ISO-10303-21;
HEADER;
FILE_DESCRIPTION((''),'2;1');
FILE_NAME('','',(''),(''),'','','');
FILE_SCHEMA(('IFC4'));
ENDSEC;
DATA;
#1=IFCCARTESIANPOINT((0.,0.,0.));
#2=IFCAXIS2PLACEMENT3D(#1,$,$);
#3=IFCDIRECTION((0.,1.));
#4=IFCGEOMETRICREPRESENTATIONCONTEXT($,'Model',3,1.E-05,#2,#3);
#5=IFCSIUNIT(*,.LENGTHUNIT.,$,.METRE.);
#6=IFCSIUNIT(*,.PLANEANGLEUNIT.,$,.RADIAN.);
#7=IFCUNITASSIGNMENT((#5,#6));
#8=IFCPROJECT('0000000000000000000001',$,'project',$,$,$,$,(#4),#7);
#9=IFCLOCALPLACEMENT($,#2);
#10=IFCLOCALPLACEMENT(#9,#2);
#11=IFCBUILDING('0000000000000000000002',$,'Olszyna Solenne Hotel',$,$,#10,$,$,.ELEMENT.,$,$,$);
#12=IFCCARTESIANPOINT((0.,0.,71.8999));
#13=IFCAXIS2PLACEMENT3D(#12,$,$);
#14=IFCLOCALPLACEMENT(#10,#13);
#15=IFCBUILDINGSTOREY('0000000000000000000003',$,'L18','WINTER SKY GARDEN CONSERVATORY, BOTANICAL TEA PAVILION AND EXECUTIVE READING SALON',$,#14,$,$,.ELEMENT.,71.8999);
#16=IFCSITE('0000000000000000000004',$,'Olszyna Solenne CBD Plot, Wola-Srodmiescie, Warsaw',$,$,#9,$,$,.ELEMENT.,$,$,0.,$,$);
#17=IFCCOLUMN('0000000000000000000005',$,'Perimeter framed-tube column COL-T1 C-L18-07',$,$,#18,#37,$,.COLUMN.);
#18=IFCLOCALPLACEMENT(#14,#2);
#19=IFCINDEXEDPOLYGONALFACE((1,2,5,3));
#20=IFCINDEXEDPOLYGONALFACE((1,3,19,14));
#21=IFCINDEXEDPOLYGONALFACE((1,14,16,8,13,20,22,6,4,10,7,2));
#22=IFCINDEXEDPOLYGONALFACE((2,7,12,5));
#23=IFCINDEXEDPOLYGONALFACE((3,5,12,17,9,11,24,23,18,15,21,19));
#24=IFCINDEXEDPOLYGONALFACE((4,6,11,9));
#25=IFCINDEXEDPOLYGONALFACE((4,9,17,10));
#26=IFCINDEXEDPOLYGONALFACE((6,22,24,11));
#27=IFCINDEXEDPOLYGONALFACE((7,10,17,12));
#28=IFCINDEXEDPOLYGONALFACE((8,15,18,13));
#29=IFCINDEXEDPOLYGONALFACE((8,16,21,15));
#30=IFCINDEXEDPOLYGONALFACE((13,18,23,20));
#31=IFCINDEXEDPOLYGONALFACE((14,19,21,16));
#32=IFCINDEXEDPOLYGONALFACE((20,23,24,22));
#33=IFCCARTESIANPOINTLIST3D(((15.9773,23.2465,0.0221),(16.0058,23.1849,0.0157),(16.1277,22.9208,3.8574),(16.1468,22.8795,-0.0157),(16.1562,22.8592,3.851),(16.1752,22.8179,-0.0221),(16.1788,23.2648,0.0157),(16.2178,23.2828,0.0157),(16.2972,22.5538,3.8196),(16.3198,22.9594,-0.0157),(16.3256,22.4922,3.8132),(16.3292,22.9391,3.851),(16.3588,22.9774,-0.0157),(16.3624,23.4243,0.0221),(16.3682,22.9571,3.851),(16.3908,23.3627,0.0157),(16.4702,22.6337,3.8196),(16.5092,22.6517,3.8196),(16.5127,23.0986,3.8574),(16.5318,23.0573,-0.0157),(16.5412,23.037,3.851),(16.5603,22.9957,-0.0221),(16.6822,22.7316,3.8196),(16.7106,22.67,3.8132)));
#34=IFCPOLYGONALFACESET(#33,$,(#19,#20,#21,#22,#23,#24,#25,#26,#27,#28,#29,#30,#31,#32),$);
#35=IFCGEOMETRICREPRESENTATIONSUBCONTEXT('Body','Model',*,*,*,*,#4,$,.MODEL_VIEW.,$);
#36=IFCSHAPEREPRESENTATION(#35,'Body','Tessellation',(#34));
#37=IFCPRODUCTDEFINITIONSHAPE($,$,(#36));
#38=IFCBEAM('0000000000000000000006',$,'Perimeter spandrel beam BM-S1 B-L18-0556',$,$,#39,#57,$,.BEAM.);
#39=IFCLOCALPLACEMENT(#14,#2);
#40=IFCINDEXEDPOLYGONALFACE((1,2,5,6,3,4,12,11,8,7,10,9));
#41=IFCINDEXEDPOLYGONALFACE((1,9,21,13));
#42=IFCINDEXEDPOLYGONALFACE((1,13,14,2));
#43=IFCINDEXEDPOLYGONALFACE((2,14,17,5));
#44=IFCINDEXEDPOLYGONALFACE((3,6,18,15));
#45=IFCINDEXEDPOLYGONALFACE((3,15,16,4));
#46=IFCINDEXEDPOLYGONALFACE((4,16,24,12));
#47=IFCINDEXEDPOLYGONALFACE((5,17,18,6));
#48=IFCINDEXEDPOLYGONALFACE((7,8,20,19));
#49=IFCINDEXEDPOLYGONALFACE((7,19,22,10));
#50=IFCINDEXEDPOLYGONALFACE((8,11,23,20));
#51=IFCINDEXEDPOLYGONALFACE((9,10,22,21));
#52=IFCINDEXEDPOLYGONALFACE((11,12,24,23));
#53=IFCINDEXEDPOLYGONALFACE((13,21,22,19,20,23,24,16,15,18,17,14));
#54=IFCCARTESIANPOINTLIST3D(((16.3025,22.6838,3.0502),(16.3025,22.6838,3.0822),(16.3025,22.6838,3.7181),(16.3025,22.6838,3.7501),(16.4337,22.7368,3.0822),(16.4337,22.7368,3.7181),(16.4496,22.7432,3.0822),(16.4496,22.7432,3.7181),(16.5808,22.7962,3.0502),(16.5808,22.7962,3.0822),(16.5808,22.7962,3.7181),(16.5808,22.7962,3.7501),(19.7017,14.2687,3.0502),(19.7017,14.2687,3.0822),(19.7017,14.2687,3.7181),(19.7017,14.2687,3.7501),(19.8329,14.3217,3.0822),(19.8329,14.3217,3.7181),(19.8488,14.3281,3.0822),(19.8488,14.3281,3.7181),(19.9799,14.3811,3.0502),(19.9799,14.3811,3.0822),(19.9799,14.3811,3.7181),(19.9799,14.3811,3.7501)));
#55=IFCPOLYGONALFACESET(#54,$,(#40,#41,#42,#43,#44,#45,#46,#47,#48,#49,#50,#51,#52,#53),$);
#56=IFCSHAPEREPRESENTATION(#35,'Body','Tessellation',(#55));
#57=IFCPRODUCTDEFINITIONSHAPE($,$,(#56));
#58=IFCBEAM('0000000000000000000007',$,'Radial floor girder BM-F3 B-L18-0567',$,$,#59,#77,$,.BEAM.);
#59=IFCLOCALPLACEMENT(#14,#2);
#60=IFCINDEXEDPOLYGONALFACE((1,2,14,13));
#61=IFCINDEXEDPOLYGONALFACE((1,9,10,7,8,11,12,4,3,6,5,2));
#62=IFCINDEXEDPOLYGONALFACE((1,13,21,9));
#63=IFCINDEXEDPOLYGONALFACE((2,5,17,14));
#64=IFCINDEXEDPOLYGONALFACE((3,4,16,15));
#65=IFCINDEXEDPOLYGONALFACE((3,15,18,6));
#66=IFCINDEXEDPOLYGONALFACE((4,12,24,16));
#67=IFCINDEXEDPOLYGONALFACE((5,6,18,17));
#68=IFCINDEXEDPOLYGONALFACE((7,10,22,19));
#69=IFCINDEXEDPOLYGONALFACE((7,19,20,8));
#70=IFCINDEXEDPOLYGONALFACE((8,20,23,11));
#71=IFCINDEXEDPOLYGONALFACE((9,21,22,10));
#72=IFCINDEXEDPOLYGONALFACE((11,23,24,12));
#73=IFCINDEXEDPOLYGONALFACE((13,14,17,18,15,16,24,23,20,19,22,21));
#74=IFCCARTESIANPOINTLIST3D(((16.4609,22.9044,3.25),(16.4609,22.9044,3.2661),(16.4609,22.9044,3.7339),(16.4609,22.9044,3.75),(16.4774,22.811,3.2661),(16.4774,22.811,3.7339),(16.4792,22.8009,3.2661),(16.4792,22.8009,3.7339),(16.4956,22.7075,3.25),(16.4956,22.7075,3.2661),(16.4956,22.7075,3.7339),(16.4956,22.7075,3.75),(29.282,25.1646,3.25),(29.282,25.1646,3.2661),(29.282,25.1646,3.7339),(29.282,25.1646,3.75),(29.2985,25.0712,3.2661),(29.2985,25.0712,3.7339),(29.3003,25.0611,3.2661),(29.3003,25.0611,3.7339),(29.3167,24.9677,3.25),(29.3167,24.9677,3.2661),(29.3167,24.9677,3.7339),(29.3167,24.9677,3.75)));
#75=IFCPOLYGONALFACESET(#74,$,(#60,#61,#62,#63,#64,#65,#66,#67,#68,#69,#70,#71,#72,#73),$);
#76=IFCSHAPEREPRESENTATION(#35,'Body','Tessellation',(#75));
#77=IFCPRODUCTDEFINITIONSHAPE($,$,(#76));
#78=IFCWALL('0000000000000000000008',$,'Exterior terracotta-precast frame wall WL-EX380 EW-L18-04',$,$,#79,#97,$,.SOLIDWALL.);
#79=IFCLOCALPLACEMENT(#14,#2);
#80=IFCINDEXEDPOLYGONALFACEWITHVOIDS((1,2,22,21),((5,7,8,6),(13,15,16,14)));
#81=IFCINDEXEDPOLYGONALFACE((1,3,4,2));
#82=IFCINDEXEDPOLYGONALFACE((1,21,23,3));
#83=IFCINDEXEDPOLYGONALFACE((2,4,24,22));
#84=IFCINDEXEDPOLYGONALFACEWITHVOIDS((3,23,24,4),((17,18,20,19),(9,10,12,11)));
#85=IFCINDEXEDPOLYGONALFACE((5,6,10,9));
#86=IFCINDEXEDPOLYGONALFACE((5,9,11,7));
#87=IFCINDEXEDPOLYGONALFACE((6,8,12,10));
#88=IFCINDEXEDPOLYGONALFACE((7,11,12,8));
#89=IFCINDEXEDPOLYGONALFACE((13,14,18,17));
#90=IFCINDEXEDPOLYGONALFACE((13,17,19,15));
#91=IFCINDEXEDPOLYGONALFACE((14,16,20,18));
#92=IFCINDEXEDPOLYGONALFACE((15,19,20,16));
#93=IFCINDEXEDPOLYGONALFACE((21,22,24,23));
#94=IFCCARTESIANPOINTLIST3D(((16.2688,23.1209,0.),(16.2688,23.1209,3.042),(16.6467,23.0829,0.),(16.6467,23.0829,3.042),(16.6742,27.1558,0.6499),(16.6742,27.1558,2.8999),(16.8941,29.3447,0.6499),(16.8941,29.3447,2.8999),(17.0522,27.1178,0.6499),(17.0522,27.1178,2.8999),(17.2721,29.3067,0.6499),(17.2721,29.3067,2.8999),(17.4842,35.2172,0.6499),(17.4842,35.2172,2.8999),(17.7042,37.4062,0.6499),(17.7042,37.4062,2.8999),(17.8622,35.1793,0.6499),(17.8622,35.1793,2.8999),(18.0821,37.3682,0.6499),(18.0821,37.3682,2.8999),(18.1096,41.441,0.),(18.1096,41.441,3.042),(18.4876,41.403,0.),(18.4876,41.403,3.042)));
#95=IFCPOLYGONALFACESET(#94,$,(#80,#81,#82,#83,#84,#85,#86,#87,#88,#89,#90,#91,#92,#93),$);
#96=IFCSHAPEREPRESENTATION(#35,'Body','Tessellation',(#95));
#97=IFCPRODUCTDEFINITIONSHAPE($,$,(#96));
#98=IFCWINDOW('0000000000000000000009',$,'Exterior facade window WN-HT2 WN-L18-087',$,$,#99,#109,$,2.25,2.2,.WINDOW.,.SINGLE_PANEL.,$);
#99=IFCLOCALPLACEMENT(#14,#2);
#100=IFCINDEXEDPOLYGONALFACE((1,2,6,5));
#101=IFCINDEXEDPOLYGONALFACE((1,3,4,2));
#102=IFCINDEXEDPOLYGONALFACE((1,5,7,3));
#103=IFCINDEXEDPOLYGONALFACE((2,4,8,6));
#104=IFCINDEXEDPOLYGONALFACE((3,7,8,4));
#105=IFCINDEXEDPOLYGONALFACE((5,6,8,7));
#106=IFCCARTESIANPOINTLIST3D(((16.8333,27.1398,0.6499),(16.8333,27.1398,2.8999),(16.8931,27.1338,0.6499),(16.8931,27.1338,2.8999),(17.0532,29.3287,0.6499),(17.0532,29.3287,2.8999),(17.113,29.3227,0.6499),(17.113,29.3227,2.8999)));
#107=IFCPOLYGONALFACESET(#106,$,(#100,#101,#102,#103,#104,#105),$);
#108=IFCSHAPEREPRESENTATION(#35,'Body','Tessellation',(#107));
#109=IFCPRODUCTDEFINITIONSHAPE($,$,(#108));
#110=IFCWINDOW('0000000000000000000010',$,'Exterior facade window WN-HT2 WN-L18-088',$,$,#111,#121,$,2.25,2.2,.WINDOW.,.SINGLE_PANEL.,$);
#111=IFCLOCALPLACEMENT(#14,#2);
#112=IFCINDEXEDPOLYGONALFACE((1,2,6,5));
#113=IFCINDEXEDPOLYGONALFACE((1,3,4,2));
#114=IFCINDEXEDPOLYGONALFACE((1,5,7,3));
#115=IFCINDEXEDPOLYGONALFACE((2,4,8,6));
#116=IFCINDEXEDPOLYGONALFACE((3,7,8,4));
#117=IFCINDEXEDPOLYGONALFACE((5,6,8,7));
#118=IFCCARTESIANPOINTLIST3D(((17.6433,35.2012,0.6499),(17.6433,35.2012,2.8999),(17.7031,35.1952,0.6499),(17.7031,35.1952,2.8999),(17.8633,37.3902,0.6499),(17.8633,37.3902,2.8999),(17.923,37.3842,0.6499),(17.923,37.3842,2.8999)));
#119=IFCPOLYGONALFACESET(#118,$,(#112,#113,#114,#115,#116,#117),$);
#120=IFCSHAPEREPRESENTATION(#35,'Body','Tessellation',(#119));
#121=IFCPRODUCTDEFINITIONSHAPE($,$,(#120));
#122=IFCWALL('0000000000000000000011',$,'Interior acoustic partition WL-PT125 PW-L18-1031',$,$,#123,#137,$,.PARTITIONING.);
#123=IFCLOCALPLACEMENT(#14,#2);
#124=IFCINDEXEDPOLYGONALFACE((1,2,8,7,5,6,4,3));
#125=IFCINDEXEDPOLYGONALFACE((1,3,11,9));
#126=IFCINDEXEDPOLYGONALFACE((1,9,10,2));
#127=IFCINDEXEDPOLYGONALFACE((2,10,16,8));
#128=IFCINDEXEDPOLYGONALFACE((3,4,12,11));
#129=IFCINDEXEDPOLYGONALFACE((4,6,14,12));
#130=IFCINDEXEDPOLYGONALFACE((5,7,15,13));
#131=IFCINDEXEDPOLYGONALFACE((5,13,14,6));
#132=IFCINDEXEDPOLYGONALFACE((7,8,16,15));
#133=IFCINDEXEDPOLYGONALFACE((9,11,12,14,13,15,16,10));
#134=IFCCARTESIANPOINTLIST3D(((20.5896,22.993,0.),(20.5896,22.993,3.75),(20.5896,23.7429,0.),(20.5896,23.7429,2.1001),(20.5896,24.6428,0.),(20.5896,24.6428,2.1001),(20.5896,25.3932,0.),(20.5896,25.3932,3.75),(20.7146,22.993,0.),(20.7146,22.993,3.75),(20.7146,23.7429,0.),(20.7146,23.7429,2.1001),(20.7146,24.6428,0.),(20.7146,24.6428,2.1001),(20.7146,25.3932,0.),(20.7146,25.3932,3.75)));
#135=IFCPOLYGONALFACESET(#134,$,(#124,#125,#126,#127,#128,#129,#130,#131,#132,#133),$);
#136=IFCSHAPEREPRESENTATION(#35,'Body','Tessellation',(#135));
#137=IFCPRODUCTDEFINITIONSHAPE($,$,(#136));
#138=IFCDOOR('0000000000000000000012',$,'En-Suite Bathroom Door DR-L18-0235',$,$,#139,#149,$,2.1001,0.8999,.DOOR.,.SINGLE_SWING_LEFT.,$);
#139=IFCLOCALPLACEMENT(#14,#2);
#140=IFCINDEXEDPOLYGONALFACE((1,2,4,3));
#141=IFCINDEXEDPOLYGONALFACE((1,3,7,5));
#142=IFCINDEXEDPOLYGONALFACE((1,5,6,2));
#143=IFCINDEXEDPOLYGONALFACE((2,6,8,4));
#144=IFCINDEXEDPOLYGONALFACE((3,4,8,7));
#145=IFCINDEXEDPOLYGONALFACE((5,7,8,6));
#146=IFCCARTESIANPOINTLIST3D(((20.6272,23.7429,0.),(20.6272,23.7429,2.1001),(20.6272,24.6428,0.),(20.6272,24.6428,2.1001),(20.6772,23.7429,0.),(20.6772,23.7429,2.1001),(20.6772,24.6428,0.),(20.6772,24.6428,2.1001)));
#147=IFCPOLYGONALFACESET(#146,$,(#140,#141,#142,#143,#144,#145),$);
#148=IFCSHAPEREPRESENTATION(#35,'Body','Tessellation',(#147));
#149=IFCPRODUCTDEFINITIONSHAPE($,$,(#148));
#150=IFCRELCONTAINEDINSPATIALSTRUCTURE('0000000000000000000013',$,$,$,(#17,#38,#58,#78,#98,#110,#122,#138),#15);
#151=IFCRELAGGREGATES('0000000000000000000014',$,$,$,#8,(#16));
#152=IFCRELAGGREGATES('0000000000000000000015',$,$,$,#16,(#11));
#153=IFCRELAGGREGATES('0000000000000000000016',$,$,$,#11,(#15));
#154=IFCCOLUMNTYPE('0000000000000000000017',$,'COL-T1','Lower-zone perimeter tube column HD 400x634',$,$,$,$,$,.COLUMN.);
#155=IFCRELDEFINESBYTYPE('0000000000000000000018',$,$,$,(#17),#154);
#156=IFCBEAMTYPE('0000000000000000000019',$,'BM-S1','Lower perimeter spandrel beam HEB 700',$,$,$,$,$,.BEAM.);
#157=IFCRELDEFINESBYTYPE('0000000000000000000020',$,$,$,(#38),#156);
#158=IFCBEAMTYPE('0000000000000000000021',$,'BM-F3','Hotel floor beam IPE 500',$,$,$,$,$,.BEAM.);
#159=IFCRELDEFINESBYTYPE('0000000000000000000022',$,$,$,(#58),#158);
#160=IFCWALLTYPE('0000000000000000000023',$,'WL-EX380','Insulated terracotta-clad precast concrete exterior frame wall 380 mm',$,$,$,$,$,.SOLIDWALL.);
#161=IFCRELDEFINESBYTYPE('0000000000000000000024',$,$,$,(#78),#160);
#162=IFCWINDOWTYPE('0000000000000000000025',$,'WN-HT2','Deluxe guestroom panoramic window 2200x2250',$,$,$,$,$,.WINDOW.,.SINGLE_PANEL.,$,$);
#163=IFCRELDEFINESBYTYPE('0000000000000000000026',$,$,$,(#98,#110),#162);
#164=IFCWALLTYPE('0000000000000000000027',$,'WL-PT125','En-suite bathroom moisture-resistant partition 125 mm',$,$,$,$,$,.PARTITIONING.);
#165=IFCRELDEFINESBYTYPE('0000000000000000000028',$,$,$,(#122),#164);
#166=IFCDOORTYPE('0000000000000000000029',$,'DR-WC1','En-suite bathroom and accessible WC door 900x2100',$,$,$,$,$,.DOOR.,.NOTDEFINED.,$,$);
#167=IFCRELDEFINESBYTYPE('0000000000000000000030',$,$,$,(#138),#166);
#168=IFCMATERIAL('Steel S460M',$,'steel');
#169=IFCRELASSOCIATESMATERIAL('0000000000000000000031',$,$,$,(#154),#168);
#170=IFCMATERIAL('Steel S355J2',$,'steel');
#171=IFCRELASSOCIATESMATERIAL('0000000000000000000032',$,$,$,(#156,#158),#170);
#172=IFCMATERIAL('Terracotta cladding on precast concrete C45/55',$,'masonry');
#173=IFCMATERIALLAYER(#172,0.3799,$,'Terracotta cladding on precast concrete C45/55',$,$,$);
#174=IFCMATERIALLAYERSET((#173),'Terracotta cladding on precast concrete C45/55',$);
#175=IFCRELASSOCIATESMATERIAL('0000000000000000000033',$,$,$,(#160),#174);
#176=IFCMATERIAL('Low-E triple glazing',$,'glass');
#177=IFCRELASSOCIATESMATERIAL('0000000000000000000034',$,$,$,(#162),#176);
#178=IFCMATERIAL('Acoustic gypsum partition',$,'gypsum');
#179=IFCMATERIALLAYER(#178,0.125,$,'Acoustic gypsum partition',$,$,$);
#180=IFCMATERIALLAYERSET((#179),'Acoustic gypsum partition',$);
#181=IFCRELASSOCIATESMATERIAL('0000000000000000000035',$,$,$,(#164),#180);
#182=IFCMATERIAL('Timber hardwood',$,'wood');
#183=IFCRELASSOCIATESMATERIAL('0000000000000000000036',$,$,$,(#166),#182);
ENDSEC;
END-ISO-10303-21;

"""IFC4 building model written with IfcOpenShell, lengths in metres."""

from ifc_helpers import new_model, si_unit, direction, frame, frame_2d, origin, origin_2d, place, context, subcontext, project, spatial, rectangle, i_section, extrude, source, transform, mapped, material, layer, layer_set, material_profile, profile_set, type_object, type_shapes, element, fill, save


model = new_model("IFC4")

# Units and contexts
model_context = context("Model", 3, precision=1e-05, world=origin(), true_north=direction((0.0, 1.0)))
body_context = subcontext(model_context, "Body", "Model", "MODEL_VIEW")
ifc_project = project(units=[si_unit("LENGTHUNIT", "METRE"), si_unit("PLANEANGLEUNIT", "RADIAN")], contexts=[model_context])

# Site, building, storey
site_placement = place(None, origin())
site = spatial("IfcSite", under=ifc_project, at=site_placement, Name="Olszyna Solenne CBD Plot, Wola-Srodmiescie, Warsaw", CompositionType="ELEMENT", RefElevation=0.0)
building_placement = place(site_placement, origin())
building = spatial("IfcBuilding", under=site, at=building_placement, Name="Olszyna Solenne Hotel", CompositionType="ELEMENT")
storey_placement = place(building_placement, frame((0.0, 0.0, 71.8999)))
storey = spatial("IfcBuildingStorey", under=building, at=storey_placement, Name="L18", Description="WINTER SKY GARDEN CONSERVATORY, BOTANICAL TEA PAVILION AND EXECUTIVE READING SALON", CompositionType="ELEMENT", Elevation=71.8999)

# Column
ifc_material_1 = material(Name="Steel S460M", Category="steel")
ifc_material_profile_1 = material_profile(ifc_material_1, i_section(OverallWidth=0.4241, OverallDepth=0.4741, WebThickness=0.043, FlangeThickness=0.0681, at=origin_2d()), Name="HD 400x634", Category="load-bearing")
ifc_profile_set_1 = profile_set([ifc_material_profile_1], Name="Steel S460M")
column_type = type_object("IfcColumnType", Name="COL-T1", Description="Lower-zone perimeter tube column HD 400x634", PredefinedType="COLUMN", material=ifc_profile_set_1)
shared_shape_1 = source(origin(), body_context, "Body", "SweptSolid", [
    extrude(i_section(OverallWidth=0.4241, OverallDepth=0.4741, WebThickness=0.043, FlangeThickness=0.0681, at=origin_2d()), origin(), (0.0, 0.0, 1.0), 3.8521),
])
column_placement = place(storey_placement, frame((16.2688, 23.1211, 0.0), z_axis=(0.039043, -0.08455, 0.995654), x_axis=(0.90788, 0.419231, 0.0)))
element("IfcColumn", 1, at=column_placement, inside=storey, type_object=column_type, Name="Perimeter framed-tube column COL-T1 C-L18-07", PredefinedType="COLUMN", context=body_context, shape_type="MappedRepresentation", body=[
    mapped(shared_shape_1, transform((0.0, 0.0, 0.0), x_axis=(1.0, 0.0, 0.0), y_axis=(0.0, 1.0, 0.0), z_axis=(0.0, 0.0, 1.0), scale=1.0)),
])

# Beams
ifc_material_2 = material(Name="Steel S355J2", Category="steel")
ifc_material_profile_2 = material_profile(ifc_material_2, i_section(OverallWidth=0.3, OverallDepth=0.7, WebThickness=0.0171, FlangeThickness=0.032, at=origin_2d()), Name="HEB 700", Category="load-bearing")
ifc_profile_set_2 = profile_set([ifc_material_profile_2], Name="Steel S355J2")
beam_type_1 = type_object("IfcBeamType", Name="BM-S1", Description="Lower perimeter spandrel beam HEB 700", PredefinedType="BEAM", material=ifc_profile_set_2)
shared_shape_2 = source(origin(), body_context, "Body", "SweptSolid", [
    extrude(i_section(OverallWidth=0.3, OverallDepth=0.7, WebThickness=0.0171, FlangeThickness=0.032, at=origin_2d()), origin(), (0.0, 0.0, 1.0), 9.0757),
])
beam_1_placement = place(storey_placement, frame((16.4417, 22.74, 3.4001), z_axis=(0.374538, -0.927212, 0.0), x_axis=(0.927212, 0.374538, 0.0)))
element("IfcBeam", 2, at=beam_1_placement, inside=storey, type_object=beam_type_1, Name="Perimeter spandrel beam BM-S1 B-L18-0556", PredefinedType="BEAM", context=body_context, shape_type="MappedRepresentation", body=[
    mapped(shared_shape_2, transform((0.0, 0.0, 0.0), x_axis=(1.0, 0.0, 0.0), y_axis=(0.0, 1.0, 0.0), z_axis=(0.0, 0.0, 1.0), scale=1.0)),
])
ifc_material_profile_3 = material_profile(ifc_material_2, i_section(OverallWidth=0.2, OverallDepth=0.5, WebThickness=0.0103, FlangeThickness=0.0161, at=origin_2d()), Name="IPE 500", Category="load-bearing")
ifc_profile_set_3 = profile_set([ifc_material_profile_3], Name="Steel S355J2")
beam_type_2 = type_object("IfcBeamType", Name="BM-F3", Description="Hotel floor beam IPE 500", PredefinedType="BEAM", material=ifc_profile_set_3)
shared_shape_3 = source(origin(), body_context, "Body", "SweptSolid", [
    extrude(i_section(OverallWidth=0.2, OverallDepth=0.5, WebThickness=0.0103, FlangeThickness=0.0161, at=origin_2d()), origin(), (0.0, 0.0, 1.0), 13.0188),
])
beam_2_placement = place(storey_placement, frame((16.4783, 22.8059, 3.5), z_axis=(0.984814, 0.173615, 0.0), x_axis=(-0.173615, 0.984814, 0.0)))
element("IfcBeam", 3, at=beam_2_placement, inside=storey, type_object=beam_type_2, Name="Radial floor girder BM-F3 B-L18-0567", PredefinedType="BEAM", context=body_context, shape_type="MappedRepresentation", body=[
    mapped(shared_shape_3, transform((0.0, 0.0, 0.0), x_axis=(1.0, 0.0, 0.0), y_axis=(0.0, 1.0, 0.0), z_axis=(0.0, 0.0, 1.0), scale=1.0)),
])

# Wall, openings, windows
ifc_material_3 = material(Name="Terracotta cladding on precast concrete C45/55", Category="masonry")
ifc_layer_1 = layer(ifc_material_3, 0.3799, Name="Terracotta cladding on precast concrete C45/55")
ifc_layer_set_1 = layer_set([ifc_layer_1], Name="Terracotta cladding on precast concrete C45/55")
wall_type_1 = type_object("IfcWallType", Name="WL-EX380", Description="Insulated terracotta-clad precast concrete exterior frame wall 380 mm", PredefinedType="SOLIDWALL", material=ifc_layer_set_1)
wall_1_placement = place(storey_placement, frame((16.4578, 23.1021, 0.0), z_axis=(0.0, 0.0, 1.0), x_axis=(0.099978, 0.99499, 0.0)))
wall_1 = element("IfcWall", 4, at=wall_1_placement, inside=storey, type_object=wall_type_1, Name="Exterior terracotta-precast frame wall WL-EX380 EW-L18-04", PredefinedType="SOLIDWALL", context=body_context, shape_type="SweptSolid", body=[
    extrude(rectangle(XDim=18.4124, YDim=0.3799, at=frame_2d((9.2061, 0.0))), origin(), (0.0, 0.0, 1.0), 3.042),
])
opening_1_placement = place(wall_1_placement, frame((4.0549, 0.0, 0.6499)))
opening_1 = element("IfcOpeningElement", 5, at=opening_1_placement, cuts=wall_1, PredefinedType="OPENING", context=body_context, shape_type="SweptSolid", body=[
    extrude(rectangle(XDim=2.2, YDim=2.25, at=frame_2d((1.1001, 1.125))), frame((0.0, 0.2, 0.0), z_axis=(0.0, -1.0, 0.0), x_axis=(1.0, 0.0, 0.0)), (0.0, 0.0, 1.0), 0.3999),
])
opening_2_placement = place(wall_1_placement, frame((12.157, 0.0, 0.6499)))
opening_2 = element("IfcOpeningElement", 6, at=opening_2_placement, cuts=wall_1, PredefinedType="OPENING", context=body_context, shape_type="SweptSolid", body=[
    extrude(rectangle(XDim=2.2, YDim=2.25, at=frame_2d((1.1001, 1.125))), frame((0.0, 0.2, 0.0), z_axis=(0.0, -1.0, 0.0), x_axis=(1.0, 0.0, 0.0)), (0.0, 0.0, 1.0), 0.3999),
])
ifc_material_4 = material(Name="Low-E triple glazing", Category="glass")
window_type = type_object("IfcWindowType", Name="WN-HT2", Description="Deluxe guestroom panoramic window 2200x2250", PartitioningType="SINGLE_PANEL", PredefinedType="WINDOW", material=ifc_material_4)
shared_shape_4 = source(origin(), body_context, "Body", "SweptSolid", [
    extrude(rectangle(XDim=2.2, YDim=2.25, at=frame_2d((1.1001, 1.125))), frame((0.0, 0.03, 0.0), z_axis=(0.0, -1.0, 0.0), x_axis=(1.0, 0.0, 0.0)), (0.0, 0.0, 1.0), 0.0601),
])
type_shapes(window_type, [shared_shape_4])
window_1_placement = place(opening_1_placement, origin())
window_1 = element("IfcWindow", 7, at=window_1_placement, inside=storey, type_object=window_type, Name="Exterior facade window WN-HT2 WN-L18-087", OverallHeight=2.25, OverallWidth=2.2, PartitioningType="SINGLE_PANEL", PredefinedType="WINDOW", context=body_context, shape_type="MappedRepresentation", body=[
    mapped(shared_shape_4, transform((0.0, 0.0, 0.0), x_axis=(1.0, 0.0, 0.0), y_axis=(0.0, 1.0, 0.0), z_axis=(0.0, 0.0, 1.0), scale=1.0)),
])
fill(opening_1, window_1)
window_2_placement = place(opening_2_placement, origin())
window_2 = element("IfcWindow", 8, at=window_2_placement, inside=storey, type_object=window_type, Name="Exterior facade window WN-HT2 WN-L18-088", OverallHeight=2.25, OverallWidth=2.2, PartitioningType="SINGLE_PANEL", PredefinedType="WINDOW", context=body_context, shape_type="MappedRepresentation", body=[
    mapped(shared_shape_4, transform((0.0, 0.0, 0.0), x_axis=(1.0, 0.0, 0.0), y_axis=(0.0, 1.0, 0.0), z_axis=(0.0, 0.0, 1.0), scale=1.0)),
])
fill(opening_2, window_2)

# Wall, opening, door
ifc_material_5 = material(Name="Acoustic gypsum partition", Category="gypsum")
ifc_layer_2 = layer(ifc_material_5, 0.125, Name="Acoustic gypsum partition")
ifc_layer_set_2 = layer_set([ifc_layer_2], Name="Acoustic gypsum partition")
wall_type_2 = type_object("IfcWallType", Name="WL-PT125", Description="En-suite bathroom moisture-resistant partition 125 mm", PredefinedType="PARTITIONING", material=ifc_layer_set_2)
wall_2_placement = place(storey_placement, frame((20.6521, 22.9929, 0.0), z_axis=(0.0, 0.0, 1.0), x_axis=(0.0, 1.0, 0.0)))
wall_2 = element("IfcWall", 9, at=wall_2_placement, inside=storey, type_object=wall_type_2, Name="Interior acoustic partition WL-PT125 PW-L18-1031", PredefinedType="PARTITIONING", context=body_context, shape_type="SweptSolid", body=[
    extrude(rectangle(XDim=2.4001, YDim=0.125, at=frame_2d((1.2002, 0.0))), origin(), (0.0, 0.0, 1.0), 3.75),
])
opening_3_placement = place(wall_2_placement, frame((0.75, 0.0, 0.0)))
opening_3 = element("IfcOpeningElement", 10, at=opening_3_placement, cuts=wall_2, PredefinedType="OPENING", context=body_context, shape_type="SweptSolid", body=[
    extrude(rectangle(XDim=0.8999, YDim=2.1001, at=frame_2d((0.45, 1.05))), frame((0.0, 0.0725, 0.0), z_axis=(0.0, -1.0, 0.0), x_axis=(1.0, 0.0, 0.0)), (0.0, 0.0, 1.0), 0.145),
])
ifc_material_6 = material(Name="Timber hardwood", Category="wood")
door_type = type_object("IfcDoorType", Name="DR-WC1", Description="En-suite bathroom and accessible WC door 900x2100", OperationType="NOTDEFINED", PredefinedType="DOOR", material=ifc_material_6)
shared_shape_5 = source(origin(), body_context, "Body", "SweptSolid", [
    extrude(rectangle(XDim=0.8999, YDim=2.1001, at=frame_2d((0.45, 1.05))), frame((0.0, 0.0249, 0.0), z_axis=(0.0, -1.0, 0.0), x_axis=(1.0, 0.0, 0.0)), (0.0, 0.0, 1.0), 0.05),
])
type_shapes(door_type, [shared_shape_5])
door_placement = place(opening_3_placement, origin())
door = element("IfcDoor", 11, at=door_placement, inside=storey, type_object=door_type, Name="En-Suite Bathroom Door DR-L18-0235", OperationType="SINGLE_SWING_LEFT", OverallHeight=2.1001, OverallWidth=0.8999, PredefinedType="DOOR", context=body_context, shape_type="MappedRepresentation", body=[
    mapped(shared_shape_5, transform((0.0, 0.0, 0.0), x_axis=(1.0, 0.0, 0.0), y_axis=(0.0, 1.0, 0.0), z_axis=(0.0, 0.0, 1.0), scale=1.0)),
])
fill(opening_3, door)

save(model, "model.ifc")
